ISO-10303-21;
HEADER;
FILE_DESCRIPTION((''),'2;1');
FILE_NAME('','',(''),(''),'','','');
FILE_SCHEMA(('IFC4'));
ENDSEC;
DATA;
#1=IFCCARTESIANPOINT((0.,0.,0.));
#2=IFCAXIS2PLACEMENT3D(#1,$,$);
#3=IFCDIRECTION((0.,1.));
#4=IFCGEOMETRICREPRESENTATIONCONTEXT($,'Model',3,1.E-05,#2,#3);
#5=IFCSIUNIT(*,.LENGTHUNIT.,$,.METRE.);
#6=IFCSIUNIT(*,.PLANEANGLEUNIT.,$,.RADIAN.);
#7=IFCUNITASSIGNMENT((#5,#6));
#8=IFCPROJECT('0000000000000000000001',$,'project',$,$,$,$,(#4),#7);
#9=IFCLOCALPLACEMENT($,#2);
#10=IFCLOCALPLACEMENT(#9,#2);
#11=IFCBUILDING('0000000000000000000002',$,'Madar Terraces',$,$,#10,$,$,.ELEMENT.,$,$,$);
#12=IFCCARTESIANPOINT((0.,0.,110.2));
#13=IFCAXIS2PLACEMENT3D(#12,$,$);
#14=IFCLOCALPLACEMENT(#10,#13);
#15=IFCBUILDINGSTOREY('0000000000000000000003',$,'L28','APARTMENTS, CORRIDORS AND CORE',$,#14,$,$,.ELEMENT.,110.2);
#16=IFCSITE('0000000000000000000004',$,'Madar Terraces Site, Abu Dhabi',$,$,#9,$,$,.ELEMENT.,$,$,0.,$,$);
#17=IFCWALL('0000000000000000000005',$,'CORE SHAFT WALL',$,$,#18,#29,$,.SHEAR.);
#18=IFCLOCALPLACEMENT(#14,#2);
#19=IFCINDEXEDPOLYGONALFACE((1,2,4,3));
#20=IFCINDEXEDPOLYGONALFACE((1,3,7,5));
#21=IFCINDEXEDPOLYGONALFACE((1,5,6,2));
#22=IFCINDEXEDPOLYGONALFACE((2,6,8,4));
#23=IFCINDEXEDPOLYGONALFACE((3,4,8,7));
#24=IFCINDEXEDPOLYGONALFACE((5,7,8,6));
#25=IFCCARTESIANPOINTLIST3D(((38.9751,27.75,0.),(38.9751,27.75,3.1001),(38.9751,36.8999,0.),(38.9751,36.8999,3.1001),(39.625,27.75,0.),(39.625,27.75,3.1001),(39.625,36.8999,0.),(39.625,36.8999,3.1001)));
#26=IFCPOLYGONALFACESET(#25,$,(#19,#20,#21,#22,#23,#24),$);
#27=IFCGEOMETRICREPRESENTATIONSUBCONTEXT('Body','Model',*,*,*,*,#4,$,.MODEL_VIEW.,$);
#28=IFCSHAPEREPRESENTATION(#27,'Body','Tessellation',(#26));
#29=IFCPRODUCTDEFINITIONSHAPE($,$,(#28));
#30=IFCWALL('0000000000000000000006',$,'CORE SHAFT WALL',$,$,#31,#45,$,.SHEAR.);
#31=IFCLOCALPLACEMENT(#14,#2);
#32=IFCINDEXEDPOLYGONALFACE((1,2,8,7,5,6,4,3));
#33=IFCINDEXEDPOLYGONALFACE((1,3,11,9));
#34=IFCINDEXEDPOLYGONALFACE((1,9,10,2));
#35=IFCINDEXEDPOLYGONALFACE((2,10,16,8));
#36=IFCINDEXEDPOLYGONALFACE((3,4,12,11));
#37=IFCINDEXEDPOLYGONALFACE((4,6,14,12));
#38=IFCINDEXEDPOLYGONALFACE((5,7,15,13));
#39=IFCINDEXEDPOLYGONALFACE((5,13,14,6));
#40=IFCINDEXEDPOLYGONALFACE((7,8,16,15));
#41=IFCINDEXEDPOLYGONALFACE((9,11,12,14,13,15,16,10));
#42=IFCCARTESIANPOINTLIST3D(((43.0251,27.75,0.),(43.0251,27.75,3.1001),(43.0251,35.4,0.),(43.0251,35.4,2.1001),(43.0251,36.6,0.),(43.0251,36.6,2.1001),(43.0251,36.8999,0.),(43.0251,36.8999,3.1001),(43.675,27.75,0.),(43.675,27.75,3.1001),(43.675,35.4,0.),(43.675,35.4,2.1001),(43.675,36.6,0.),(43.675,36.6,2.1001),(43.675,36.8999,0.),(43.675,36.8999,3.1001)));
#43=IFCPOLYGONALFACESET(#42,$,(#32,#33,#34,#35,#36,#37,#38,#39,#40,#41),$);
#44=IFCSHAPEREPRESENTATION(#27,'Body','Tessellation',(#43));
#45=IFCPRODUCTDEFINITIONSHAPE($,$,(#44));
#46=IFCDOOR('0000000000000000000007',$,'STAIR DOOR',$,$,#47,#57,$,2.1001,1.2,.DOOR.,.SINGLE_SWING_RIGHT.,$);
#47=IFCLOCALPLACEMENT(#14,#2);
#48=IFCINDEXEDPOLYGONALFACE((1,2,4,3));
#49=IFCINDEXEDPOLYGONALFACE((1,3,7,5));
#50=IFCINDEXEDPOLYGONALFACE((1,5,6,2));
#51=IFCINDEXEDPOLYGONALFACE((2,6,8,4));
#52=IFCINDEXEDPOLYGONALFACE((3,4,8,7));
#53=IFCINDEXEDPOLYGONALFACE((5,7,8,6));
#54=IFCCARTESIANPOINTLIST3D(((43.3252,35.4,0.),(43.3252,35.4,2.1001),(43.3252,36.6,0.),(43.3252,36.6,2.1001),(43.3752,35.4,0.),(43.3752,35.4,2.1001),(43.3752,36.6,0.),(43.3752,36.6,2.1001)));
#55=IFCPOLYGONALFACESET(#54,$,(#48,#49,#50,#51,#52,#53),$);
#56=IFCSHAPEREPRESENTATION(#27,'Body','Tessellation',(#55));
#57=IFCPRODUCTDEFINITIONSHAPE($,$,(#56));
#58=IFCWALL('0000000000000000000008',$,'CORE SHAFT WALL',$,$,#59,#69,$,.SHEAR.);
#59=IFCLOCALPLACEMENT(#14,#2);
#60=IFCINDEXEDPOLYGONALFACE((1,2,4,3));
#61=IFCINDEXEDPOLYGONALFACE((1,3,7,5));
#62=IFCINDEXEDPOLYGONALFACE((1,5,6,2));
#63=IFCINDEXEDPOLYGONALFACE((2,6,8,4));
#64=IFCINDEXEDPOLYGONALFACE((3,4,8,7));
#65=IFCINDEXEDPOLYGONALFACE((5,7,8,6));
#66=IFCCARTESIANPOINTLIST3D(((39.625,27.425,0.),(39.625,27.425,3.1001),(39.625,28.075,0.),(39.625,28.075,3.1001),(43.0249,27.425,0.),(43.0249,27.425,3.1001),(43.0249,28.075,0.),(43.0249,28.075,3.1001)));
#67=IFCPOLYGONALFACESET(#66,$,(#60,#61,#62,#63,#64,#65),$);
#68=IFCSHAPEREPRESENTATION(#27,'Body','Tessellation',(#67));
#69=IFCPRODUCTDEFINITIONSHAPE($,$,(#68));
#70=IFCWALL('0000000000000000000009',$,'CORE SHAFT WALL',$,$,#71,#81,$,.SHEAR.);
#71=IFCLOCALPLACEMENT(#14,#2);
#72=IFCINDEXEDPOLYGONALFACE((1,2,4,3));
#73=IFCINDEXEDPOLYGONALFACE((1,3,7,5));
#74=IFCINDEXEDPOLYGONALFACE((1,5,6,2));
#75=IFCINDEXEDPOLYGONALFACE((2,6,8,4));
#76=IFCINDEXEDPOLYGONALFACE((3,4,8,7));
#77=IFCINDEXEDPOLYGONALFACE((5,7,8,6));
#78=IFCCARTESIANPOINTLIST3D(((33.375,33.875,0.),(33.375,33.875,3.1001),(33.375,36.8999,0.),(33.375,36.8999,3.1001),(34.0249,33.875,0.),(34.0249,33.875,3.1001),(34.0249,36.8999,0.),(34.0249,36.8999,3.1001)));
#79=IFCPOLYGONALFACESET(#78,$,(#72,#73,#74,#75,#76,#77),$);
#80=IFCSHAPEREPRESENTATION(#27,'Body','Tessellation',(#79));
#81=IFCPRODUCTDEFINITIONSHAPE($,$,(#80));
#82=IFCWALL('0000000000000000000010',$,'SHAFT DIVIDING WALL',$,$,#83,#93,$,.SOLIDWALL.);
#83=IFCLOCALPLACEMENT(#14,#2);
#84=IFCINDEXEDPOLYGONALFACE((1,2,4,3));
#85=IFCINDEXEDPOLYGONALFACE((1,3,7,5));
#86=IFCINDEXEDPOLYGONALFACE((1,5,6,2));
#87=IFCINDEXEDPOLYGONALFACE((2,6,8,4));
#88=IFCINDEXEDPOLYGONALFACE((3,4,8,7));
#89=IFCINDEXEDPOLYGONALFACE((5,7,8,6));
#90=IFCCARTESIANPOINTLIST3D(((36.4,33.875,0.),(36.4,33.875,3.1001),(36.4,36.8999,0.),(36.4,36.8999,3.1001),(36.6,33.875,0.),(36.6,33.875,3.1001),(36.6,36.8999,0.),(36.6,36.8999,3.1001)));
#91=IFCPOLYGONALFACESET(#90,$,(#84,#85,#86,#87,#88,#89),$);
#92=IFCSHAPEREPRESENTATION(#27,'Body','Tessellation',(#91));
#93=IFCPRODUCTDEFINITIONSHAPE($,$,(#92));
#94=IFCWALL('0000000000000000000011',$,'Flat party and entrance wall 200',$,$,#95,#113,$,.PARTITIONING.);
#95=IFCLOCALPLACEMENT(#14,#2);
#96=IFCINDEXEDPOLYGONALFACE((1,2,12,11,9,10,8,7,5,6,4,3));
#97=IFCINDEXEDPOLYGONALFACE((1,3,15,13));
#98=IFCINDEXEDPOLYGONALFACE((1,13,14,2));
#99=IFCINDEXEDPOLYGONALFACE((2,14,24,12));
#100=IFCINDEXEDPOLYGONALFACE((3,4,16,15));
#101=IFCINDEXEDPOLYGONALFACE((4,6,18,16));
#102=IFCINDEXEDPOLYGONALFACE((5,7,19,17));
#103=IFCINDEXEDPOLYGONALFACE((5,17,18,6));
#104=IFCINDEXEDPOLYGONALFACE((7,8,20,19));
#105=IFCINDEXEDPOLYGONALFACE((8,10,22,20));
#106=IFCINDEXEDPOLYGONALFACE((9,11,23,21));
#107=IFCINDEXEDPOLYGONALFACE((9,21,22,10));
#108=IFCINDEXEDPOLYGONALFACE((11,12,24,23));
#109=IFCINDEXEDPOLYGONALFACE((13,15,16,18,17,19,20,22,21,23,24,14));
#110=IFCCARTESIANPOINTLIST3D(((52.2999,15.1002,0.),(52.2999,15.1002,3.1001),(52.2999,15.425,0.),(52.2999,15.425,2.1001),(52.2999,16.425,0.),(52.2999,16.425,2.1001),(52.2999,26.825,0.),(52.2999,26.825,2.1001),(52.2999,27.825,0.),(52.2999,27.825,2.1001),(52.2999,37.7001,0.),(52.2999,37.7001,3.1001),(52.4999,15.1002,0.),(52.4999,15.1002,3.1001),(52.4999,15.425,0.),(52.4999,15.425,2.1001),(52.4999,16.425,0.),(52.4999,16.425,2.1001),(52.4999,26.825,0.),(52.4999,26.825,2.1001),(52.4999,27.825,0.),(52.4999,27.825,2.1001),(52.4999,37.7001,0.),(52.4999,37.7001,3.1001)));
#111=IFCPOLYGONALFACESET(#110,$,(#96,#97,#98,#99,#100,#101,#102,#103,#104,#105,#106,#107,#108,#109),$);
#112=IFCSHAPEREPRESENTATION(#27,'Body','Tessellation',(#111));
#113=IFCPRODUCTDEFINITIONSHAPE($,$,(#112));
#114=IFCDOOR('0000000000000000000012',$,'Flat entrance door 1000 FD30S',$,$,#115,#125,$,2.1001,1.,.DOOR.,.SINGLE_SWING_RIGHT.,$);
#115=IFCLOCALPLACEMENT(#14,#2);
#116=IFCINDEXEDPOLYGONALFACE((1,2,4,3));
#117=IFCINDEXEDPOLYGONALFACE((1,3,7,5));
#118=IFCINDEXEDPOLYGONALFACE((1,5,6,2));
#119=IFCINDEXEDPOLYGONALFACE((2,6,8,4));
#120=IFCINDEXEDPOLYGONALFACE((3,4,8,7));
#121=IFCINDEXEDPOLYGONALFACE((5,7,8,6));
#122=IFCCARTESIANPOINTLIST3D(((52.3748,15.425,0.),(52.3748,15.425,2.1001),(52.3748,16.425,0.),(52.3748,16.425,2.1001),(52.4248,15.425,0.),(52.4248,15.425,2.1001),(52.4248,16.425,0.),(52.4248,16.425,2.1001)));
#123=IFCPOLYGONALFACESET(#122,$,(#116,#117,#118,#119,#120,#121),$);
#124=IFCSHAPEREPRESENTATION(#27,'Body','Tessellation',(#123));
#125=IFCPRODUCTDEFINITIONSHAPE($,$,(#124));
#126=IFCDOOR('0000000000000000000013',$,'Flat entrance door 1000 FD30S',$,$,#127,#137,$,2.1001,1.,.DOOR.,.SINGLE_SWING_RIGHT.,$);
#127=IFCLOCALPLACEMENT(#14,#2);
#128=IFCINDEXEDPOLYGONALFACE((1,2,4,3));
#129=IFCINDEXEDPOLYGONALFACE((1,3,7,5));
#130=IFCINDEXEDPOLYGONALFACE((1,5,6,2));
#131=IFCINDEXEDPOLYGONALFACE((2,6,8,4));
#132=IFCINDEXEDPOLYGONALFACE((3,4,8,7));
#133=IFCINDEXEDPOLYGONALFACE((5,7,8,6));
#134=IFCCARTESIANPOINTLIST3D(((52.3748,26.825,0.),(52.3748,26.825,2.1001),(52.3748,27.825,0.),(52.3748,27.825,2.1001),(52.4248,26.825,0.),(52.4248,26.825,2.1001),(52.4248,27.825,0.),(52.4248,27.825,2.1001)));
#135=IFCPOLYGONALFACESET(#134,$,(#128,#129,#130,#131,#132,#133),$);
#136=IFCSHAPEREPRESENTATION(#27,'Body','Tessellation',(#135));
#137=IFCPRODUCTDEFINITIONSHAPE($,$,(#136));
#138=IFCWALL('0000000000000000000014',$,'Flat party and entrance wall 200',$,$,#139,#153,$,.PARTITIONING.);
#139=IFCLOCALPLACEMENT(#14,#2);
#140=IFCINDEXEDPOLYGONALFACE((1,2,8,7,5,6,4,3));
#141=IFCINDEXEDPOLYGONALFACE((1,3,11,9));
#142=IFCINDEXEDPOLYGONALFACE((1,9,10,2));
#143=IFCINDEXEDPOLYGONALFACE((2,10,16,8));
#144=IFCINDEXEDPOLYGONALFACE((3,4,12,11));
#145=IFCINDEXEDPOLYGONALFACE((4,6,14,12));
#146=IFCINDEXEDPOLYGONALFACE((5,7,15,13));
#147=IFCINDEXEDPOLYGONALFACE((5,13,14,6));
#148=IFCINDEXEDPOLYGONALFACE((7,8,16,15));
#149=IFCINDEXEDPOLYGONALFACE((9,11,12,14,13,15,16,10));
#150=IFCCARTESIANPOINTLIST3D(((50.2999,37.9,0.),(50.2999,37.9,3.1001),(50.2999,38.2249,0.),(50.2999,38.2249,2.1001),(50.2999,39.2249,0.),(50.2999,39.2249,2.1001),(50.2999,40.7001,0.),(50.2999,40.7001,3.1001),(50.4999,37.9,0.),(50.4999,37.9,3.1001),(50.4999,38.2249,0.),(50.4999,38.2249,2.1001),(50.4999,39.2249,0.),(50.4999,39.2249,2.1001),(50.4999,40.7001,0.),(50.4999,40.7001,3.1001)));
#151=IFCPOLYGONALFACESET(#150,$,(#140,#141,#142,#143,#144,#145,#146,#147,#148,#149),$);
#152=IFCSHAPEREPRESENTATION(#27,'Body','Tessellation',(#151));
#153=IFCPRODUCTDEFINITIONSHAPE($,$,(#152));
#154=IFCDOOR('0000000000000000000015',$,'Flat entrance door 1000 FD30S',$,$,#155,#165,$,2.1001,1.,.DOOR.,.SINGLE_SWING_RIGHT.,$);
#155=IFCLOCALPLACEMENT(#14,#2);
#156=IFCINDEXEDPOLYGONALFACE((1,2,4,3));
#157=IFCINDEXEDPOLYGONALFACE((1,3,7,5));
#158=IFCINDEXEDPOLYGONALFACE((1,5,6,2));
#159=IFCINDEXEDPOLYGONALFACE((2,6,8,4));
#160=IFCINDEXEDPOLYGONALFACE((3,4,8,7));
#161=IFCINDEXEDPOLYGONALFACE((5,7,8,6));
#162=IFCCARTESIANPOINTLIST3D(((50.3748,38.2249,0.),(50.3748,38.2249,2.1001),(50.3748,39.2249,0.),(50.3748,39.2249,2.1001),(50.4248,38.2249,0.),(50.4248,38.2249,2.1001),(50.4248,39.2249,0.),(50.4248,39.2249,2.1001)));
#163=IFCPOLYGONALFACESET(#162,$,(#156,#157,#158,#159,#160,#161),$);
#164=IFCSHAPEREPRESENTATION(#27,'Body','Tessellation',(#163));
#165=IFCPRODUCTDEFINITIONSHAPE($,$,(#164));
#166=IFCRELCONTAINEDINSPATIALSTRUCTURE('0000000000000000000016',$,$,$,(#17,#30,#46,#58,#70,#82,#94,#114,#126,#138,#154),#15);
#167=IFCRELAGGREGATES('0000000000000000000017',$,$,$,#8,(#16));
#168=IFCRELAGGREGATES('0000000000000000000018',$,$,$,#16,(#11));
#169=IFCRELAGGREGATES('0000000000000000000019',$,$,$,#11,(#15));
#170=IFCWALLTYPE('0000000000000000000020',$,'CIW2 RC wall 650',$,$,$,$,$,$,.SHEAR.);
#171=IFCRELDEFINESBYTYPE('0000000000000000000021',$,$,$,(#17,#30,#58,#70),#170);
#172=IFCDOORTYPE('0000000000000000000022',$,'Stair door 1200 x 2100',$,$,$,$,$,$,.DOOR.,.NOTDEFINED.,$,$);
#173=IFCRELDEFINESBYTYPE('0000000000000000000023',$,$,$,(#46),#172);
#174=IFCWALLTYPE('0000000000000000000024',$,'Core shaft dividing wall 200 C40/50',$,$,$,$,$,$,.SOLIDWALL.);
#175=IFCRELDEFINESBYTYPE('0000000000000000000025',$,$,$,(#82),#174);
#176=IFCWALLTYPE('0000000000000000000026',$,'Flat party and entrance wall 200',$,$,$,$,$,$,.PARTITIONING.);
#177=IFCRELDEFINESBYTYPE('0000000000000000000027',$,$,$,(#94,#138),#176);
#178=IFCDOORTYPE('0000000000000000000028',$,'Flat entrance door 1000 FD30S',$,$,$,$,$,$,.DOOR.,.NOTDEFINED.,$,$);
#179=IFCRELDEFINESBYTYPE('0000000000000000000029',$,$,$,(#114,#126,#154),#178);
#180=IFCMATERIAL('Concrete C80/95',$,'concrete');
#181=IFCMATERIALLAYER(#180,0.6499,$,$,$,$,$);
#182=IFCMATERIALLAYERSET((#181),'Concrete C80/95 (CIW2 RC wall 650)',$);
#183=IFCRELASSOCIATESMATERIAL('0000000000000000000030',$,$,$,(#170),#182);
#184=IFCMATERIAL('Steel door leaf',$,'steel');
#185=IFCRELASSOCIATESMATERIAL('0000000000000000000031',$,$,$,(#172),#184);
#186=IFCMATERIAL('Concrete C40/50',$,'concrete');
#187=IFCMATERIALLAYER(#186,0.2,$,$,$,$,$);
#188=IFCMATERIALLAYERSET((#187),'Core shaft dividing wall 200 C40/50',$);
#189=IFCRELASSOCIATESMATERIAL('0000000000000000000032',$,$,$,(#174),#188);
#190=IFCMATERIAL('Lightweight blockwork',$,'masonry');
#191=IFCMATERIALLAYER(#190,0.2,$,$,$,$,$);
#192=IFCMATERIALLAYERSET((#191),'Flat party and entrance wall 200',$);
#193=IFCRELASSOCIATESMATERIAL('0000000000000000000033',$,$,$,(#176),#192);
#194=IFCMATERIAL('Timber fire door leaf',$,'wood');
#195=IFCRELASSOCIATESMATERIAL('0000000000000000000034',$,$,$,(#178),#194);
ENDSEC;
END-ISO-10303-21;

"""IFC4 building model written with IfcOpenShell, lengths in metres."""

from ifc_helpers import new_model, si_unit, direction, frame, frame_2d, origin, place, context, subcontext, project, spatial, rectangle, extrude, material, layer, layer_set, type_object, element, fill, save


model = new_model("IFC4")

# Units and contexts
model_context = context("Model", 3, precision=1e-05, world=origin(), true_north=direction((0.0, 1.0)))
body_context = subcontext(model_context, "Body", "Model", "MODEL_VIEW")
ifc_project = project(units=[si_unit("LENGTHUNIT", "METRE"), si_unit("PLANEANGLEUNIT", "RADIAN")], contexts=[model_context])

# Site, building, storey
site_placement = place(None, origin())
site = spatial("IfcSite", under=ifc_project, at=site_placement, Name="Madar Terraces Site, Abu Dhabi", CompositionType="ELEMENT", RefElevation=0.0)
building_placement = place(site_placement, origin())
building = spatial("IfcBuilding", under=site, at=building_placement, Name="Madar Terraces", CompositionType="ELEMENT")
storey_placement = place(building_placement, frame((0.0, 0.0, 110.2)))
storey = spatial("IfcBuildingStorey", under=building, at=storey_placement, Name="L28", Description="APARTMENTS, CORRIDORS AND CORE", CompositionType="ELEMENT", Elevation=110.2)

# Wall
ifc_material_1 = material(Name="Concrete C80/95", Category="concrete")
ifc_layer_1 = layer(ifc_material_1, 0.6499)
ifc_layer_set_1 = layer_set([ifc_layer_1], Name="Concrete C80/95 (CIW2 RC wall 650)")
wall_type_1 = type_object("IfcWallType", Name="CIW2 RC wall 650", PredefinedType="SHEAR", material=ifc_layer_set_1)
wall_1_placement = place(storey_placement, frame((39.3, 27.75, 0.0), z_axis=(0.0, 0.0, 1.0), x_axis=(0.0, 1.0, 0.0)))
element("IfcWall", 1, at=wall_1_placement, inside=storey, type_object=wall_type_1, Name="CORE SHAFT WALL", PredefinedType="SHEAR", context=body_context, shape_type="SweptSolid", body=[
    extrude(rectangle(XDim=9.1499, YDim=0.6499, at=frame_2d((4.575, 0.0))), origin(), (0.0, 0.0, 1.0), 3.1001),
])

# Wall, opening, door
wall_2_placement = place(storey_placement, frame((43.3501, 27.75, 0.0), z_axis=(0.0, 0.0, 1.0), x_axis=(0.0, 1.0, 0.0)))
wall_2 = element("IfcWall", 2, at=wall_2_placement, inside=storey, type_object=wall_type_1, Name="CORE SHAFT WALL", PredefinedType="SHEAR", context=body_context, shape_type="SweptSolid", body=[
    extrude(rectangle(XDim=9.1499, YDim=0.6499, at=frame_2d((4.575, 0.0))), origin(), (0.0, 0.0, 1.0), 3.1001),
])
opening_1_placement = place(wall_2_placement, frame((7.6499, 0.0, 0.0)))
opening_1 = element("IfcOpeningElement", 3, at=opening_1_placement, cuts=wall_2, PredefinedType="OPENING", context=body_context, shape_type="SweptSolid", body=[
    extrude(rectangle(XDim=1.2, YDim=2.1001, at=frame_2d((0.6001, 1.05))), frame((0.0, 0.335, 0.0), z_axis=(0.0, -1.0, 0.0), x_axis=(1.0, 0.0, 0.0)), (0.0, 0.0, 1.0), 0.6699),
])
ifc_material_2 = material(Name="Steel door leaf", Category="steel")
door_type_1 = type_object("IfcDoorType", Name="Stair door 1200 x 2100", OperationType="NOTDEFINED", PredefinedType="DOOR", material=ifc_material_2)
door_1_placement = place(opening_1_placement, origin())
door_1 = element("IfcDoor", 4, at=door_1_placement, inside=storey, type_object=door_type_1, Name="STAIR DOOR", OperationType="SINGLE_SWING_RIGHT", OverallHeight=2.1001, OverallWidth=1.2, PredefinedType="DOOR", context=body_context, shape_type="SweptSolid", body=[
    extrude(rectangle(XDim=1.2, YDim=2.1001, at=frame_2d((0.6001, 1.05))), frame((0.0, 0.0249, 0.0), z_axis=(0.0, -1.0, 0.0), x_axis=(1.0, 0.0, 0.0)), (0.0, 0.0, 1.0), 0.05),
])
fill(opening_1, door_1)

# Walls
wall_3_placement = place(storey_placement, frame((39.625, 27.75, 0.0), z_axis=(0.0, 0.0, 1.0), x_axis=(1.0, 0.0, 0.0)))
element("IfcWall", 5, at=wall_3_placement, inside=storey, type_object=wall_type_1, Name="CORE SHAFT WALL", PredefinedType="SHEAR", context=body_context, shape_type="SweptSolid", body=[
    extrude(rectangle(XDim=3.3999, YDim=0.6499, at=frame_2d((1.7, 0.0))), origin(), (0.0, 0.0, 1.0), 3.1001),
])
wall_4_placement = place(storey_placement, frame((33.7, 33.875, 0.0), z_axis=(0.0, 0.0, 1.0), x_axis=(0.0, 1.0, 0.0)))
element("IfcWall", 6, at=wall_4_placement, inside=storey, type_object=wall_type_1, Name="CORE SHAFT WALL", PredefinedType="SHEAR", context=body_context, shape_type="SweptSolid", body=[
    extrude(rectangle(XDim=3.0249, YDim=0.6499, at=frame_2d((1.5125, 0.0))), origin(), (0.0, 0.0, 1.0), 3.1001),
])
ifc_material_3 = material(Name="Concrete C40/50", Category="concrete")
ifc_layer_2 = layer(ifc_material_3, 0.2)
ifc_layer_set_2 = layer_set([ifc_layer_2], Name="Core shaft dividing wall 200 C40/50")
wall_type_2 = type_object("IfcWallType", Name="Core shaft dividing wall 200 C40/50", PredefinedType="SOLIDWALL", material=ifc_layer_set_2)
wall_5_placement = place(storey_placement, frame((36.5, 33.875, 0.0), z_axis=(0.0, 0.0, 1.0), x_axis=(0.0, 1.0, 0.0)))
element("IfcWall", 7, at=wall_5_placement, inside=storey, type_object=wall_type_2, Name="SHAFT DIVIDING WALL", PredefinedType="SOLIDWALL", context=body_context, shape_type="SweptSolid", body=[
    extrude(rectangle(XDim=3.0249, YDim=0.2, at=frame_2d((1.5125, 0.0))), origin(), (0.0, 0.0, 1.0), 3.1001),
])

# Wall, openings, doors
ifc_material_4 = material(Name="Lightweight blockwork", Category="masonry")
ifc_layer_3 = layer(ifc_material_4, 0.2)
ifc_layer_set_3 = layer_set([ifc_layer_3], Name="Flat party and entrance wall 200")
wall_type_3 = type_object("IfcWallType", Name="Flat party and entrance wall 200", PredefinedType="PARTITIONING", material=ifc_layer_set_3)
wall_6_placement = place(storey_placement, frame((52.3999, 37.7, 0.0), z_axis=(0.0, 0.0, 1.0), x_axis=(0.0, -1.0, 0.0)))
wall_6 = element("IfcWall", 8, at=wall_6_placement, inside=storey, type_object=wall_type_3, Name="Flat party and entrance wall 200", PredefinedType="PARTITIONING", context=body_context, shape_type="SweptSolid", body=[
    extrude(rectangle(XDim=22.5999, YDim=0.2, at=frame_2d((11.2998, 0.0))), origin(), (0.0, 0.0, 1.0), 3.1001),
])
opening_2_placement = place(wall_6_placement, frame((21.2749, 0.0, 0.0)))
opening_2 = element("IfcOpeningElement", 9, at=opening_2_placement, cuts=wall_6, PredefinedType="OPENING", context=body_context, shape_type="SweptSolid", body=[
    extrude(rectangle(XDim=1.0, YDim=2.1001, at=frame_2d((0.5, 1.05))), frame((0.0, 0.1099, 0.0), z_axis=(0.0, -1.0, 0.0), x_axis=(1.0, 0.0, 0.0)), (0.0, 0.0, 1.0), 0.22),
])
opening_3_placement = place(wall_6_placement, frame((9.875, 0.0, 0.0)))
opening_3 = element("IfcOpeningElement", 10, at=opening_3_placement, cuts=wall_6, PredefinedType="OPENING", context=body_context, shape_type="SweptSolid", body=[
    extrude(rectangle(XDim=1.0, YDim=2.1001, at=frame_2d((0.5, 1.05))), frame((0.0, 0.1099, 0.0), z_axis=(0.0, -1.0, 0.0), x_axis=(1.0, 0.0, 0.0)), (0.0, 0.0, 1.0), 0.22),
])
ifc_material_5 = material(Name="Timber fire door leaf", Category="wood")
door_type_2 = type_object("IfcDoorType", Name="Flat entrance door 1000 FD30S", OperationType="NOTDEFINED", PredefinedType="DOOR", material=ifc_material_5)
door_2_placement = place(opening_2_placement, origin())
door_2 = element("IfcDoor", 11, at=door_2_placement, inside=storey, type_object=door_type_2, Name="Flat entrance door 1000 FD30S", OperationType="SINGLE_SWING_RIGHT", OverallHeight=2.1001, OverallWidth=1.0, PredefinedType="DOOR", context=body_context, shape_type="SweptSolid", body=[
    extrude(rectangle(XDim=1.0, YDim=2.1001, at=frame_2d((0.5, 1.05))), frame((0.0, 0.0249, 0.0), z_axis=(0.0, -1.0, 0.0), x_axis=(1.0, 0.0, 0.0)), (0.0, 0.0, 1.0), 0.05),
])
fill(opening_2, door_2)
door_3_placement = place(opening_3_placement, origin())
door_3 = element("IfcDoor", 12, at=door_3_placement, inside=storey, type_object=door_type_2, Name="Flat entrance door 1000 FD30S", OperationType="SINGLE_SWING_RIGHT", OverallHeight=2.1001, OverallWidth=1.0, PredefinedType="DOOR", context=body_context, shape_type="SweptSolid", body=[
    extrude(rectangle(XDim=1.0, YDim=2.1001, at=frame_2d((0.5, 1.05))), frame((0.0, 0.0249, 0.0), z_axis=(0.0, -1.0, 0.0), x_axis=(1.0, 0.0, 0.0)), (0.0, 0.0, 1.0), 0.05),
])
fill(opening_3, door_3)

# Wall, opening, door
wall_7_placement = place(storey_placement, frame((50.3999, 40.7, 0.0), z_axis=(0.0, 0.0, 1.0), x_axis=(0.0, -1.0, 0.0)))
wall_7 = element("IfcWall", 13, at=wall_7_placement, inside=storey, type_object=wall_type_3, Name="Flat party and entrance wall 200", PredefinedType="PARTITIONING", context=body_context, shape_type="SweptSolid", body=[
    extrude(rectangle(XDim=2.8, YDim=0.2, at=frame_2d((1.3999, 0.0))), origin(), (0.0, 0.0, 1.0), 3.1001),
])
opening_4_placement = place(wall_7_placement, frame((1.4751, 0.0, 0.0)))
opening_4 = element("IfcOpeningElement", 14, at=opening_4_placement, cuts=wall_7, PredefinedType="OPENING", context=body_context, shape_type="SweptSolid", body=[
    extrude(rectangle(XDim=1.0, YDim=2.1001, at=frame_2d((0.5, 1.05))), frame((0.0, 0.1099, 0.0), z_axis=(0.0, -1.0, 0.0), x_axis=(1.0, 0.0, 0.0)), (0.0, 0.0, 1.0), 0.22),
])
door_4_placement = place(opening_4_placement, origin())
door_4 = element("IfcDoor", 15, at=door_4_placement, inside=storey, type_object=door_type_2, Name="Flat entrance door 1000 FD30S", OperationType="SINGLE_SWING_RIGHT", OverallHeight=2.1001, OverallWidth=1.0, PredefinedType="DOOR", context=body_context, shape_type="SweptSolid", body=[
    extrude(rectangle(XDim=1.0, YDim=2.1001, at=frame_2d((0.5, 1.05))), frame((0.0, 0.0249, 0.0), z_axis=(0.0, -1.0, 0.0), x_axis=(1.0, 0.0, 0.0)), (0.0, 0.0, 1.0), 0.05),
])
fill(opening_4, door_4)

save(model, "model.ifc")
